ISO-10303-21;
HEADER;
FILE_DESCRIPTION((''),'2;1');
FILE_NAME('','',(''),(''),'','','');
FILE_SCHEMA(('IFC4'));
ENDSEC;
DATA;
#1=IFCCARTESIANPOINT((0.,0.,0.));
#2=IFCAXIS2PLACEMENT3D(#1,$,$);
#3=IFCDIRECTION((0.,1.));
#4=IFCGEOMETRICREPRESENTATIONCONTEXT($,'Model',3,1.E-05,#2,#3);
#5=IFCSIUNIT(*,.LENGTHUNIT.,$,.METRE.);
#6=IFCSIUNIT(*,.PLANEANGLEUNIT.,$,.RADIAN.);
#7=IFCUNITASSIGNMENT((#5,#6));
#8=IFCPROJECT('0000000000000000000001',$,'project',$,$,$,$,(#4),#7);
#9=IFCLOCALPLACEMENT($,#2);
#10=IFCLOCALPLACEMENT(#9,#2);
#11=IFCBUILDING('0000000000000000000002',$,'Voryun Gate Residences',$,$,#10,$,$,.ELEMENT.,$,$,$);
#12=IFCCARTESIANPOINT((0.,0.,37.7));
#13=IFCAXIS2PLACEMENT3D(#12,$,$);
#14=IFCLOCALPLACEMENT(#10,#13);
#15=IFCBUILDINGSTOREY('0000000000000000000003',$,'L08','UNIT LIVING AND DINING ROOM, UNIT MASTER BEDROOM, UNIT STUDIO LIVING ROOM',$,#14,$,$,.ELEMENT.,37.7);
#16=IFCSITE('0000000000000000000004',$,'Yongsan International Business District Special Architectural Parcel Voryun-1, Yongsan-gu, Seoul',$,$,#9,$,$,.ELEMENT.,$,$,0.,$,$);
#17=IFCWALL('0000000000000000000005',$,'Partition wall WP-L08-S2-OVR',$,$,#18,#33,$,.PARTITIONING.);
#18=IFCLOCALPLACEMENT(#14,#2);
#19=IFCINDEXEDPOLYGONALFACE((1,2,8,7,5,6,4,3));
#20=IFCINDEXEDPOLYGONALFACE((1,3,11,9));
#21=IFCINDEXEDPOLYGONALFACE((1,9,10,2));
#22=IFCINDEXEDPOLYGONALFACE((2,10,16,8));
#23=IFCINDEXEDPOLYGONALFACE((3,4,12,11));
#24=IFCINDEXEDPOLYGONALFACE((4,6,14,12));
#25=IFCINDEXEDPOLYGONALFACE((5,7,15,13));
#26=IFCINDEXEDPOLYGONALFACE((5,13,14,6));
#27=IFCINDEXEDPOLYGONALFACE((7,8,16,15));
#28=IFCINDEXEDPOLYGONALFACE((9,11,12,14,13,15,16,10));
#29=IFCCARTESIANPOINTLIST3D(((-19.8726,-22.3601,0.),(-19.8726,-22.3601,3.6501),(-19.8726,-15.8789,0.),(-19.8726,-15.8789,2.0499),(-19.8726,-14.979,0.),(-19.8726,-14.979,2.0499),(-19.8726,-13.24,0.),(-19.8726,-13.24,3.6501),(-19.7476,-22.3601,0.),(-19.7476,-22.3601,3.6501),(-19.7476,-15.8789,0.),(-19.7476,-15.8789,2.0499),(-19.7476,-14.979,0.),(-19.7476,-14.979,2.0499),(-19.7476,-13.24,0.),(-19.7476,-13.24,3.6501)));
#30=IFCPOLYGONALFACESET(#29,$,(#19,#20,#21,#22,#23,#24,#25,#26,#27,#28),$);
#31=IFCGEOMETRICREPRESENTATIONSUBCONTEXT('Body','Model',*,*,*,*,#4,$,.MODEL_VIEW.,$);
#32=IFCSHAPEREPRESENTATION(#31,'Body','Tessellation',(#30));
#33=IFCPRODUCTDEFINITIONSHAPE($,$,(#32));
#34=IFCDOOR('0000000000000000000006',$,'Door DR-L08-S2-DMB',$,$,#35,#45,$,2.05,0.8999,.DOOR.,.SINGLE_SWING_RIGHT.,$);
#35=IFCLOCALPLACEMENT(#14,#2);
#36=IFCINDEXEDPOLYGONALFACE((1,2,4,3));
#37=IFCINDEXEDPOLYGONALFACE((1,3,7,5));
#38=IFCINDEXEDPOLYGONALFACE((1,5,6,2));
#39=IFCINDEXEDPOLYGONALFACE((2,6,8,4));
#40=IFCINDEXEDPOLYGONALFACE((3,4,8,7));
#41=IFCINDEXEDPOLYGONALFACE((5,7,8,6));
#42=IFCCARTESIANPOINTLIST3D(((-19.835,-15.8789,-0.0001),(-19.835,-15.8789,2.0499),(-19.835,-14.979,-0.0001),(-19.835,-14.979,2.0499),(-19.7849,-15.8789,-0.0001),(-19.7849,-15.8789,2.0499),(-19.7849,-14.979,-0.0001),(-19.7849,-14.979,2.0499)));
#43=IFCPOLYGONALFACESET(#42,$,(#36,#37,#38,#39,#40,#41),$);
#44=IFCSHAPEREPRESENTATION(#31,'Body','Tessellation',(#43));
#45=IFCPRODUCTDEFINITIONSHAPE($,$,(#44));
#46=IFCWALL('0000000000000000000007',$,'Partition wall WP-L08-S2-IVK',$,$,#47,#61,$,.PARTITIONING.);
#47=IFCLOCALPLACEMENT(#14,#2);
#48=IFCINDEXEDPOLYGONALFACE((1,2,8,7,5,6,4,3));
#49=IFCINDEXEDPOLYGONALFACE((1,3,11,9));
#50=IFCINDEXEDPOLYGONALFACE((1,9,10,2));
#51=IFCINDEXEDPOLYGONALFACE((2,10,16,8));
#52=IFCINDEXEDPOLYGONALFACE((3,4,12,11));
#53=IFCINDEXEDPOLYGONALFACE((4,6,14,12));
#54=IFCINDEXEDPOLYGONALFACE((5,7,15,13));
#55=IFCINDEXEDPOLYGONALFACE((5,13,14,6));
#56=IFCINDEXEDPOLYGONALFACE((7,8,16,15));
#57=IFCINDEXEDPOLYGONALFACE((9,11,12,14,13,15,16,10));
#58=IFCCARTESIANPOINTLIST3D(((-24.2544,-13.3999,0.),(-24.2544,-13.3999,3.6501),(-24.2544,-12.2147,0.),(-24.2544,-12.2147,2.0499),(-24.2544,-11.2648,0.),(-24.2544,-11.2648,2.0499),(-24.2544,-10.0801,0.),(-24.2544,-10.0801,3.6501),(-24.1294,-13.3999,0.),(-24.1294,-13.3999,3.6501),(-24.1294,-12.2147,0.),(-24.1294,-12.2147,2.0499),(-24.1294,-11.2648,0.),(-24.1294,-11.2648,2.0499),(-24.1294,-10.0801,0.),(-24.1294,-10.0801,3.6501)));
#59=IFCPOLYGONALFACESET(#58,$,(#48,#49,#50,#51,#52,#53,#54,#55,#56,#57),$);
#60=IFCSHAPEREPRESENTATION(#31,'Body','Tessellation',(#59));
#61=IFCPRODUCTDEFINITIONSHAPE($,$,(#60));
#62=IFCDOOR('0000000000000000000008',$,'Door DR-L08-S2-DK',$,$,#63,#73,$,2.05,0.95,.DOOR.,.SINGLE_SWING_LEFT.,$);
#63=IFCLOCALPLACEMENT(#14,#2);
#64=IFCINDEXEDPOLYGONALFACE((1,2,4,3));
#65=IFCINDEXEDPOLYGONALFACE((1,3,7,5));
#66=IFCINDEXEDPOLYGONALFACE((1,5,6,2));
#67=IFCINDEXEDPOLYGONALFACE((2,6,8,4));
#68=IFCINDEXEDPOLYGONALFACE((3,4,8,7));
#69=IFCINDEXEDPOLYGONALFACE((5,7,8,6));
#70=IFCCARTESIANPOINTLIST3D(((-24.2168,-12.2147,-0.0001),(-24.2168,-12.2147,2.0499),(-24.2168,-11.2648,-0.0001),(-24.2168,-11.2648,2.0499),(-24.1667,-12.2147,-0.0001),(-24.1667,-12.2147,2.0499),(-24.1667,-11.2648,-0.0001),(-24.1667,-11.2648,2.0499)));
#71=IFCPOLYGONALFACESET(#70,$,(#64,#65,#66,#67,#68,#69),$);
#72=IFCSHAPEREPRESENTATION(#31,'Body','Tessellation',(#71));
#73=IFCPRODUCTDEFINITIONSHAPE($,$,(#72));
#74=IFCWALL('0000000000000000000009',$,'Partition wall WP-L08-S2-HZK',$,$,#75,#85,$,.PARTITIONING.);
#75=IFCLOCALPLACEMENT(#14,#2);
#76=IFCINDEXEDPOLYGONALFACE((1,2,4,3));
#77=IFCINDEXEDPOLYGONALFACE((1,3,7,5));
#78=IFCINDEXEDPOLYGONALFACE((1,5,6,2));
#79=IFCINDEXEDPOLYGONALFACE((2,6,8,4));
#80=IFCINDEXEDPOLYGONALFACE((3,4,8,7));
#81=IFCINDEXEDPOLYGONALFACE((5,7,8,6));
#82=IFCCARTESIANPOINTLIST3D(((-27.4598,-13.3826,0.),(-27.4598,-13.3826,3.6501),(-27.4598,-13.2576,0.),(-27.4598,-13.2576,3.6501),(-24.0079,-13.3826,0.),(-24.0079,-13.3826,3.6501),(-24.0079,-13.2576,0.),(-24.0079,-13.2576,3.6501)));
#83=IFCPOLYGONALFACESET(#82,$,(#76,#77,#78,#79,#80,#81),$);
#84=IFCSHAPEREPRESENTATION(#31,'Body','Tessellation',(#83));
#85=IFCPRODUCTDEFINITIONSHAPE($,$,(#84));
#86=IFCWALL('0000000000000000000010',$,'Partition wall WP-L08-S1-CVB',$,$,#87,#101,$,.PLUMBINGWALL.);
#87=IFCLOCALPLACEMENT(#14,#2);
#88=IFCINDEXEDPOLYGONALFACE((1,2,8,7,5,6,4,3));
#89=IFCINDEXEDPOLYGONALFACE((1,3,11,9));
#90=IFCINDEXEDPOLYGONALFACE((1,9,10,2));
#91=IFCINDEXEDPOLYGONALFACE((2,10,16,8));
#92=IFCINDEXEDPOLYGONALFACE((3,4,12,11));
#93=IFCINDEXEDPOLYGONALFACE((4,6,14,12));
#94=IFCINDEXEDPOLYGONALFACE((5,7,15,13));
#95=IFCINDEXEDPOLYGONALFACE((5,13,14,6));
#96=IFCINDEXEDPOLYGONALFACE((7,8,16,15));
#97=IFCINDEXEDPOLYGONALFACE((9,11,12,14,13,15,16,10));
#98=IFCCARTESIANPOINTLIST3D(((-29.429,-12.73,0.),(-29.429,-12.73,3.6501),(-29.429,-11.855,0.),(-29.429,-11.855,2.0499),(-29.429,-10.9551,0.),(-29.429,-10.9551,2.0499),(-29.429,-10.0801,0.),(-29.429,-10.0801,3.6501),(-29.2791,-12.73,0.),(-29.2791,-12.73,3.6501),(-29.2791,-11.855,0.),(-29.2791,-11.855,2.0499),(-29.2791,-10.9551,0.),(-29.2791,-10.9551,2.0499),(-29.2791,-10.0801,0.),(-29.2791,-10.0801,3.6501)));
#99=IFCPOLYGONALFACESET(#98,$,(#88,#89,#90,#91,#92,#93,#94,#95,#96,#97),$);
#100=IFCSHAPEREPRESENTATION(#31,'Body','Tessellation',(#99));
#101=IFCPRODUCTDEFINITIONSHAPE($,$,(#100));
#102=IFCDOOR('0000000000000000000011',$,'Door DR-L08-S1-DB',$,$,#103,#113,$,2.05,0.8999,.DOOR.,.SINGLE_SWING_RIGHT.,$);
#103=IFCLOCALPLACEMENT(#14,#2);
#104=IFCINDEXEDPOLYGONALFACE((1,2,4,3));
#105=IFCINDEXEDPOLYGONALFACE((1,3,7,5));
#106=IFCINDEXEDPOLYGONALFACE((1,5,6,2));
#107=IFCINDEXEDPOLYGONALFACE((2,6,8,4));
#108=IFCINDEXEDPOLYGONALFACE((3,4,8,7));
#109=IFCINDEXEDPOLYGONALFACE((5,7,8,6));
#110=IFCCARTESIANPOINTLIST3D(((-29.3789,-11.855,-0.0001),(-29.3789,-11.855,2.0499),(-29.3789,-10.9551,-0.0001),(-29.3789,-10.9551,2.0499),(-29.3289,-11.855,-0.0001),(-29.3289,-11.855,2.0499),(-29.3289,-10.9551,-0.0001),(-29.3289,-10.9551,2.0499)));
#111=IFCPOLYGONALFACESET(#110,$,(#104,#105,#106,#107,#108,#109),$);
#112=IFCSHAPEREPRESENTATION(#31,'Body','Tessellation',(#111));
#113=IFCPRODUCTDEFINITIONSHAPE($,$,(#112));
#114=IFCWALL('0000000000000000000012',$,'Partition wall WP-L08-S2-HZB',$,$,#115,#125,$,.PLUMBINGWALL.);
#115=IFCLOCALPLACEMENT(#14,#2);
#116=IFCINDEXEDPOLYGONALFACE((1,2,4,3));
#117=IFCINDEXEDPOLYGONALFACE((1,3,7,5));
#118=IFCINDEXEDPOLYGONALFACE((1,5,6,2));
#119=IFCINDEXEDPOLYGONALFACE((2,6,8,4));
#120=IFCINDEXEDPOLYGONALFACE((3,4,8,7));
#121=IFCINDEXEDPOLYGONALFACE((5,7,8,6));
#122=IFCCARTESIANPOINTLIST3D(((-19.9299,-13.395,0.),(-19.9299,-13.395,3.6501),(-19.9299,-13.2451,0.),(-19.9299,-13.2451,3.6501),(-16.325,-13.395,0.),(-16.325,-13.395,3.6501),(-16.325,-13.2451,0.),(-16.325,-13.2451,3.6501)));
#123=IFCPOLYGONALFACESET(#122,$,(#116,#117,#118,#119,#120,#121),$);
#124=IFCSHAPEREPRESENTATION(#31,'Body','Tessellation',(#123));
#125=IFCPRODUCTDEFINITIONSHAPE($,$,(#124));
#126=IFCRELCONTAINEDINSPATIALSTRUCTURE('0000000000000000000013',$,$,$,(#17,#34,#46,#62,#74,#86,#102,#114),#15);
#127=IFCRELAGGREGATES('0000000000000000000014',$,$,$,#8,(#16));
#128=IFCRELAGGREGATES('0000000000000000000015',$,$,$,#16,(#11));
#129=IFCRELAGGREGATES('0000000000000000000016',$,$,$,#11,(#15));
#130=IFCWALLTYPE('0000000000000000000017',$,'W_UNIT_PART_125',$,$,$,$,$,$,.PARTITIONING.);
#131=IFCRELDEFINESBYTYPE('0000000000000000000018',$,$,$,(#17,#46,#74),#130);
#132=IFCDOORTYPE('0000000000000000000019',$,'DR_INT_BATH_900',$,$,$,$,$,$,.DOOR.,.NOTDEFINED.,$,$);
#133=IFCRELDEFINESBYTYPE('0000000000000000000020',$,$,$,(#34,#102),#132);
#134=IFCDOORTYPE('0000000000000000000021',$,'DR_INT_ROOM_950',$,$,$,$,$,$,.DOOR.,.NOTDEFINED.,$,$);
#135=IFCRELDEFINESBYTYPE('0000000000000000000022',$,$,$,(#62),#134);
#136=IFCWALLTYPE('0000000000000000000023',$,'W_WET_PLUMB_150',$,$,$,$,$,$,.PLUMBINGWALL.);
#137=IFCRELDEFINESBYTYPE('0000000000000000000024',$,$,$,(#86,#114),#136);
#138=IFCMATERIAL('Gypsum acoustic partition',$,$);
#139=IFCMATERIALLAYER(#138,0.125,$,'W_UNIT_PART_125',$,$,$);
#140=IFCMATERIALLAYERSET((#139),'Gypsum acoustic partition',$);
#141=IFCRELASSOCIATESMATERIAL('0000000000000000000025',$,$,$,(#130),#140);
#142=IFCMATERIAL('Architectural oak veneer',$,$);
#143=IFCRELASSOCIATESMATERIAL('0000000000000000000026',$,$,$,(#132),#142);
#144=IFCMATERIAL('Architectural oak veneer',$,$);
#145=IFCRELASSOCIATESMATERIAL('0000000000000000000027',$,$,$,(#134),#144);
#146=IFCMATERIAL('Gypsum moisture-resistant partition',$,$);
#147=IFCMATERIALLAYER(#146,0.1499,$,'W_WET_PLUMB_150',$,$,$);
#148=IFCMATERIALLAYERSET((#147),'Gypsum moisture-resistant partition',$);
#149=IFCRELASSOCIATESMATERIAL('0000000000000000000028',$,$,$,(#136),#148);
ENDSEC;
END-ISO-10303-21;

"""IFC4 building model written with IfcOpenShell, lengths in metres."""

from ifc_helpers import new_model, si_unit, direction, frame, frame_2d, origin, place, context, subcontext, project, spatial, rectangle, extrude, material, layer, layer_set, type_object, element, fill, save


model = new_model("IFC4")

# Units and contexts
model_context = context("Model", 3, precision=1e-05, world=origin(), true_north=direction((0.0, 1.0)))
body_context = subcontext(model_context, "Body", "Model", "MODEL_VIEW")
ifc_project = project(units=[si_unit("LENGTHUNIT", "METRE"), si_unit("PLANEANGLEUNIT", "RADIAN")], contexts=[model_context])

# Site, building, storey
site_placement = place(None, origin())
site = spatial("IfcSite", under=ifc_project, at=site_placement, Name="Yongsan International Business District Special Architectural Parcel Voryun-1, Yongsan-gu, Seoul", CompositionType="ELEMENT", RefElevation=0.0)
building_placement = place(site_placement, origin())
building = spatial("IfcBuilding", under=site, at=building_placement, Name="Voryun Gate Residences", CompositionType="ELEMENT")
storey_placement = place(building_placement, frame((0.0, 0.0, 37.7)))
storey = spatial("IfcBuildingStorey", under=building, at=storey_placement, Name="L08", Description="UNIT LIVING AND DINING ROOM, UNIT MASTER BEDROOM, UNIT STUDIO LIVING ROOM", CompositionType="ELEMENT", Elevation=37.7)

# Walls, openings, doors
ifc_material_1 = material(Name="Gypsum acoustic partition")
ifc_layer_1 = layer(ifc_material_1, 0.125, Name="W_UNIT_PART_125")
ifc_layer_set_1 = layer_set([ifc_layer_1], Name="Gypsum acoustic partition")
wall_type_1 = type_object("IfcWallType", Name="W_UNIT_PART_125", PredefinedType="PARTITIONING", material=ifc_layer_set_1)
ifc_material_2 = material(Name="Architectural oak veneer")
door_type_1 = type_object("IfcDoorType", Name="DR_INT_BATH_900", OperationType="NOTDEFINED", PredefinedType="DOOR", material=ifc_material_2)
ifc_material_3 = material(Name="Architectural oak veneer")
door_type_2 = type_object("IfcDoorType", Name="DR_INT_ROOM_950", OperationType="NOTDEFINED", PredefinedType="DOOR", material=ifc_material_3)
wall_1_placement = place(storey_placement, frame((-19.8101, -22.3601, 0.0), z_axis=(0.0, 0.0, 1.0), x_axis=(0.0, 1.0, 0.0)))
wall_1 = element("IfcWall", 1, at=wall_1_placement, inside=storey, type_object=wall_type_1, Name="Partition wall WP-L08-S2-OVR", PredefinedType="PARTITIONING", context=body_context, shape_type="SweptSolid", body=[
    extrude(rectangle(XDim=9.1201, YDim=0.125, at=frame_2d((4.5601, 0.0))), origin(), (0.0, 0.0, 1.0), 3.6501),
])
opening_1_placement = place(wall_1_placement, frame((6.4812, 0.0, 0.0)))
opening_1 = element("IfcOpeningElement", 2, at=opening_1_placement, cuts=wall_1, PredefinedType="OPENING", context=body_context, shape_type="SweptSolid", body=[
    extrude(rectangle(XDim=0.8999, YDim=2.05, at=frame_2d((0.45, 1.0249))), frame((0.0, 0.0725, 0.0), z_axis=(0.0, -1.0, 0.0), x_axis=(1.0, 0.0, 0.0)), (0.0, 0.0, 1.0), 0.145),
])
door_1_placement = place(opening_1_placement, origin())
door_1 = element("IfcDoor", 3, at=door_1_placement, inside=storey, type_object=door_type_1, Name="Door DR-L08-S2-DMB", OperationType="SINGLE_SWING_RIGHT", OverallHeight=2.05, OverallWidth=0.8999, PredefinedType="DOOR", context=body_context, shape_type="SweptSolid", body=[
    extrude(rectangle(XDim=0.8999, YDim=2.05, at=frame_2d((0.45, 1.0249))), frame((0.0, 0.0249, 0.0), z_axis=(0.0, -1.0, 0.0), x_axis=(1.0, 0.0, 0.0)), (0.0, 0.0, 1.0), 0.05),
])
fill(opening_1, door_1)
wall_2_placement = place(storey_placement, frame((-24.1919, -13.3999, 0.0), z_axis=(0.0, 0.0, 1.0), x_axis=(0.0, 1.0, 0.0)))
wall_2 = element("IfcWall", 4, at=wall_2_placement, inside=storey, type_object=wall_type_1, Name="Partition wall WP-L08-S2-IVK", PredefinedType="PARTITIONING", context=body_context, shape_type="SweptSolid", body=[
    extrude(rectangle(XDim=3.3198, YDim=0.125, at=frame_2d((1.6599, 0.0))), origin(), (0.0, 0.0, 1.0), 3.6501),
])
opening_2_placement = place(wall_2_placement, frame((1.1851, 0.0, 0.0)))
opening_2 = element("IfcOpeningElement", 5, at=opening_2_placement, cuts=wall_2, PredefinedType="OPENING", context=body_context, shape_type="SweptSolid", body=[
    extrude(rectangle(XDim=0.95, YDim=2.05, at=frame_2d((0.4751, 1.0249))), frame((0.0, 0.0725, 0.0), z_axis=(0.0, -1.0, 0.0), x_axis=(1.0, 0.0, 0.0)), (0.0, 0.0, 1.0), 0.145),
])
door_2_placement = place(opening_2_placement, origin())
door_2 = element("IfcDoor", 6, at=door_2_placement, inside=storey, type_object=door_type_2, Name="Door DR-L08-S2-DK", OperationType="SINGLE_SWING_LEFT", OverallHeight=2.05, OverallWidth=0.95, PredefinedType="DOOR", context=body_context, shape_type="SweptSolid", body=[
    extrude(rectangle(XDim=0.95, YDim=2.05, at=frame_2d((0.4751, 1.0249))), frame((0.0, 0.0249, 0.0), z_axis=(0.0, -1.0, 0.0), x_axis=(1.0, 0.0, 0.0)), (0.0, 0.0, 1.0), 0.05),
])
fill(opening_2, door_2)

# Wall
wall_3_placement = place(storey_placement, frame((-27.46, -13.3201, 0.0), z_axis=(0.0, 0.0, 1.0), x_axis=(1.0, 0.0, 0.0)))
element("IfcWall", 7, at=wall_3_placement, inside=storey, type_object=wall_type_1, Name="Partition wall WP-L08-S2-HZK", PredefinedType="PARTITIONING", context=body_context, shape_type="SweptSolid", body=[
    extrude(rectangle(XDim=3.4519, YDim=0.125, at=frame_2d((1.7261, 0.0))), origin(), (0.0, 0.0, 1.0), 3.6501),
])

# Wall, opening, door
ifc_material_4 = material(Name="Gypsum moisture-resistant partition")
ifc_layer_2 = layer(ifc_material_4, 0.1499, Name="W_WET_PLUMB_150")
ifc_layer_set_2 = layer_set([ifc_layer_2], Name="Gypsum moisture-resistant partition")
wall_type_2 = type_object("IfcWallType", Name="W_WET_PLUMB_150", PredefinedType="PLUMBINGWALL", material=ifc_layer_set_2)
wall_4_placement = place(storey_placement, frame((-29.354, -12.73, 0.0), z_axis=(0.0, 0.0, 1.0), x_axis=(0.0, 1.0, 0.0)))
wall_4 = element("IfcWall", 8, at=wall_4_placement, inside=storey, type_object=wall_type_2, Name="Partition wall WP-L08-S1-CVB", PredefinedType="PLUMBINGWALL", context=body_context, shape_type="SweptSolid", body=[
    extrude(rectangle(XDim=2.6499, YDim=0.1499, at=frame_2d((1.325, 0.0))), origin(), (0.0, 0.0, 1.0), 3.6501),
])
opening_3_placement = place(wall_4_placement, frame((0.875, 0.0, 0.0)))
opening_3 = element("IfcOpeningElement", 9, at=opening_3_placement, cuts=wall_4, PredefinedType="OPENING", context=body_context, shape_type="SweptSolid", body=[
    extrude(rectangle(XDim=0.8999, YDim=2.05, at=frame_2d((0.45, 1.0249))), frame((0.0, 0.085, 0.0), z_axis=(0.0, -1.0, 0.0), x_axis=(1.0, 0.0, 0.0)), (0.0, 0.0, 1.0), 0.1699),
])
door_3_placement = place(opening_3_placement, origin())
door_3 = element("IfcDoor", 10, at=door_3_placement, inside=storey, type_object=door_type_1, Name="Door DR-L08-S1-DB", OperationType="SINGLE_SWING_RIGHT", OverallHeight=2.05, OverallWidth=0.8999, PredefinedType="DOOR", context=body_context, shape_type="SweptSolid", body=[
    extrude(rectangle(XDim=0.8999, YDim=2.05, at=frame_2d((0.45, 1.0249))), frame((0.0, 0.0249, 0.0), z_axis=(0.0, -1.0, 0.0), x_axis=(1.0, 0.0, 0.0)), (0.0, 0.0, 1.0), 0.05),
])
fill(opening_3, door_3)

# Wall
wall_5_placement = place(storey_placement, frame((-19.9299, -13.3201, 0.0), z_axis=(0.0, 0.0, 1.0), x_axis=(1.0, 0.0, 0.0)))
element("IfcWall", 11, at=wall_5_placement, inside=storey, type_object=wall_type_2, Name="Partition wall WP-L08-S2-HZB", PredefinedType="PLUMBINGWALL", context=body_context, shape_type="SweptSolid", body=[
    extrude(rectangle(XDim=3.605, YDim=0.1499, at=frame_2d((1.8025, 0.0))), origin(), (0.0, 0.0, 1.0), 3.6501),
])

save(model, "model.ifc")
